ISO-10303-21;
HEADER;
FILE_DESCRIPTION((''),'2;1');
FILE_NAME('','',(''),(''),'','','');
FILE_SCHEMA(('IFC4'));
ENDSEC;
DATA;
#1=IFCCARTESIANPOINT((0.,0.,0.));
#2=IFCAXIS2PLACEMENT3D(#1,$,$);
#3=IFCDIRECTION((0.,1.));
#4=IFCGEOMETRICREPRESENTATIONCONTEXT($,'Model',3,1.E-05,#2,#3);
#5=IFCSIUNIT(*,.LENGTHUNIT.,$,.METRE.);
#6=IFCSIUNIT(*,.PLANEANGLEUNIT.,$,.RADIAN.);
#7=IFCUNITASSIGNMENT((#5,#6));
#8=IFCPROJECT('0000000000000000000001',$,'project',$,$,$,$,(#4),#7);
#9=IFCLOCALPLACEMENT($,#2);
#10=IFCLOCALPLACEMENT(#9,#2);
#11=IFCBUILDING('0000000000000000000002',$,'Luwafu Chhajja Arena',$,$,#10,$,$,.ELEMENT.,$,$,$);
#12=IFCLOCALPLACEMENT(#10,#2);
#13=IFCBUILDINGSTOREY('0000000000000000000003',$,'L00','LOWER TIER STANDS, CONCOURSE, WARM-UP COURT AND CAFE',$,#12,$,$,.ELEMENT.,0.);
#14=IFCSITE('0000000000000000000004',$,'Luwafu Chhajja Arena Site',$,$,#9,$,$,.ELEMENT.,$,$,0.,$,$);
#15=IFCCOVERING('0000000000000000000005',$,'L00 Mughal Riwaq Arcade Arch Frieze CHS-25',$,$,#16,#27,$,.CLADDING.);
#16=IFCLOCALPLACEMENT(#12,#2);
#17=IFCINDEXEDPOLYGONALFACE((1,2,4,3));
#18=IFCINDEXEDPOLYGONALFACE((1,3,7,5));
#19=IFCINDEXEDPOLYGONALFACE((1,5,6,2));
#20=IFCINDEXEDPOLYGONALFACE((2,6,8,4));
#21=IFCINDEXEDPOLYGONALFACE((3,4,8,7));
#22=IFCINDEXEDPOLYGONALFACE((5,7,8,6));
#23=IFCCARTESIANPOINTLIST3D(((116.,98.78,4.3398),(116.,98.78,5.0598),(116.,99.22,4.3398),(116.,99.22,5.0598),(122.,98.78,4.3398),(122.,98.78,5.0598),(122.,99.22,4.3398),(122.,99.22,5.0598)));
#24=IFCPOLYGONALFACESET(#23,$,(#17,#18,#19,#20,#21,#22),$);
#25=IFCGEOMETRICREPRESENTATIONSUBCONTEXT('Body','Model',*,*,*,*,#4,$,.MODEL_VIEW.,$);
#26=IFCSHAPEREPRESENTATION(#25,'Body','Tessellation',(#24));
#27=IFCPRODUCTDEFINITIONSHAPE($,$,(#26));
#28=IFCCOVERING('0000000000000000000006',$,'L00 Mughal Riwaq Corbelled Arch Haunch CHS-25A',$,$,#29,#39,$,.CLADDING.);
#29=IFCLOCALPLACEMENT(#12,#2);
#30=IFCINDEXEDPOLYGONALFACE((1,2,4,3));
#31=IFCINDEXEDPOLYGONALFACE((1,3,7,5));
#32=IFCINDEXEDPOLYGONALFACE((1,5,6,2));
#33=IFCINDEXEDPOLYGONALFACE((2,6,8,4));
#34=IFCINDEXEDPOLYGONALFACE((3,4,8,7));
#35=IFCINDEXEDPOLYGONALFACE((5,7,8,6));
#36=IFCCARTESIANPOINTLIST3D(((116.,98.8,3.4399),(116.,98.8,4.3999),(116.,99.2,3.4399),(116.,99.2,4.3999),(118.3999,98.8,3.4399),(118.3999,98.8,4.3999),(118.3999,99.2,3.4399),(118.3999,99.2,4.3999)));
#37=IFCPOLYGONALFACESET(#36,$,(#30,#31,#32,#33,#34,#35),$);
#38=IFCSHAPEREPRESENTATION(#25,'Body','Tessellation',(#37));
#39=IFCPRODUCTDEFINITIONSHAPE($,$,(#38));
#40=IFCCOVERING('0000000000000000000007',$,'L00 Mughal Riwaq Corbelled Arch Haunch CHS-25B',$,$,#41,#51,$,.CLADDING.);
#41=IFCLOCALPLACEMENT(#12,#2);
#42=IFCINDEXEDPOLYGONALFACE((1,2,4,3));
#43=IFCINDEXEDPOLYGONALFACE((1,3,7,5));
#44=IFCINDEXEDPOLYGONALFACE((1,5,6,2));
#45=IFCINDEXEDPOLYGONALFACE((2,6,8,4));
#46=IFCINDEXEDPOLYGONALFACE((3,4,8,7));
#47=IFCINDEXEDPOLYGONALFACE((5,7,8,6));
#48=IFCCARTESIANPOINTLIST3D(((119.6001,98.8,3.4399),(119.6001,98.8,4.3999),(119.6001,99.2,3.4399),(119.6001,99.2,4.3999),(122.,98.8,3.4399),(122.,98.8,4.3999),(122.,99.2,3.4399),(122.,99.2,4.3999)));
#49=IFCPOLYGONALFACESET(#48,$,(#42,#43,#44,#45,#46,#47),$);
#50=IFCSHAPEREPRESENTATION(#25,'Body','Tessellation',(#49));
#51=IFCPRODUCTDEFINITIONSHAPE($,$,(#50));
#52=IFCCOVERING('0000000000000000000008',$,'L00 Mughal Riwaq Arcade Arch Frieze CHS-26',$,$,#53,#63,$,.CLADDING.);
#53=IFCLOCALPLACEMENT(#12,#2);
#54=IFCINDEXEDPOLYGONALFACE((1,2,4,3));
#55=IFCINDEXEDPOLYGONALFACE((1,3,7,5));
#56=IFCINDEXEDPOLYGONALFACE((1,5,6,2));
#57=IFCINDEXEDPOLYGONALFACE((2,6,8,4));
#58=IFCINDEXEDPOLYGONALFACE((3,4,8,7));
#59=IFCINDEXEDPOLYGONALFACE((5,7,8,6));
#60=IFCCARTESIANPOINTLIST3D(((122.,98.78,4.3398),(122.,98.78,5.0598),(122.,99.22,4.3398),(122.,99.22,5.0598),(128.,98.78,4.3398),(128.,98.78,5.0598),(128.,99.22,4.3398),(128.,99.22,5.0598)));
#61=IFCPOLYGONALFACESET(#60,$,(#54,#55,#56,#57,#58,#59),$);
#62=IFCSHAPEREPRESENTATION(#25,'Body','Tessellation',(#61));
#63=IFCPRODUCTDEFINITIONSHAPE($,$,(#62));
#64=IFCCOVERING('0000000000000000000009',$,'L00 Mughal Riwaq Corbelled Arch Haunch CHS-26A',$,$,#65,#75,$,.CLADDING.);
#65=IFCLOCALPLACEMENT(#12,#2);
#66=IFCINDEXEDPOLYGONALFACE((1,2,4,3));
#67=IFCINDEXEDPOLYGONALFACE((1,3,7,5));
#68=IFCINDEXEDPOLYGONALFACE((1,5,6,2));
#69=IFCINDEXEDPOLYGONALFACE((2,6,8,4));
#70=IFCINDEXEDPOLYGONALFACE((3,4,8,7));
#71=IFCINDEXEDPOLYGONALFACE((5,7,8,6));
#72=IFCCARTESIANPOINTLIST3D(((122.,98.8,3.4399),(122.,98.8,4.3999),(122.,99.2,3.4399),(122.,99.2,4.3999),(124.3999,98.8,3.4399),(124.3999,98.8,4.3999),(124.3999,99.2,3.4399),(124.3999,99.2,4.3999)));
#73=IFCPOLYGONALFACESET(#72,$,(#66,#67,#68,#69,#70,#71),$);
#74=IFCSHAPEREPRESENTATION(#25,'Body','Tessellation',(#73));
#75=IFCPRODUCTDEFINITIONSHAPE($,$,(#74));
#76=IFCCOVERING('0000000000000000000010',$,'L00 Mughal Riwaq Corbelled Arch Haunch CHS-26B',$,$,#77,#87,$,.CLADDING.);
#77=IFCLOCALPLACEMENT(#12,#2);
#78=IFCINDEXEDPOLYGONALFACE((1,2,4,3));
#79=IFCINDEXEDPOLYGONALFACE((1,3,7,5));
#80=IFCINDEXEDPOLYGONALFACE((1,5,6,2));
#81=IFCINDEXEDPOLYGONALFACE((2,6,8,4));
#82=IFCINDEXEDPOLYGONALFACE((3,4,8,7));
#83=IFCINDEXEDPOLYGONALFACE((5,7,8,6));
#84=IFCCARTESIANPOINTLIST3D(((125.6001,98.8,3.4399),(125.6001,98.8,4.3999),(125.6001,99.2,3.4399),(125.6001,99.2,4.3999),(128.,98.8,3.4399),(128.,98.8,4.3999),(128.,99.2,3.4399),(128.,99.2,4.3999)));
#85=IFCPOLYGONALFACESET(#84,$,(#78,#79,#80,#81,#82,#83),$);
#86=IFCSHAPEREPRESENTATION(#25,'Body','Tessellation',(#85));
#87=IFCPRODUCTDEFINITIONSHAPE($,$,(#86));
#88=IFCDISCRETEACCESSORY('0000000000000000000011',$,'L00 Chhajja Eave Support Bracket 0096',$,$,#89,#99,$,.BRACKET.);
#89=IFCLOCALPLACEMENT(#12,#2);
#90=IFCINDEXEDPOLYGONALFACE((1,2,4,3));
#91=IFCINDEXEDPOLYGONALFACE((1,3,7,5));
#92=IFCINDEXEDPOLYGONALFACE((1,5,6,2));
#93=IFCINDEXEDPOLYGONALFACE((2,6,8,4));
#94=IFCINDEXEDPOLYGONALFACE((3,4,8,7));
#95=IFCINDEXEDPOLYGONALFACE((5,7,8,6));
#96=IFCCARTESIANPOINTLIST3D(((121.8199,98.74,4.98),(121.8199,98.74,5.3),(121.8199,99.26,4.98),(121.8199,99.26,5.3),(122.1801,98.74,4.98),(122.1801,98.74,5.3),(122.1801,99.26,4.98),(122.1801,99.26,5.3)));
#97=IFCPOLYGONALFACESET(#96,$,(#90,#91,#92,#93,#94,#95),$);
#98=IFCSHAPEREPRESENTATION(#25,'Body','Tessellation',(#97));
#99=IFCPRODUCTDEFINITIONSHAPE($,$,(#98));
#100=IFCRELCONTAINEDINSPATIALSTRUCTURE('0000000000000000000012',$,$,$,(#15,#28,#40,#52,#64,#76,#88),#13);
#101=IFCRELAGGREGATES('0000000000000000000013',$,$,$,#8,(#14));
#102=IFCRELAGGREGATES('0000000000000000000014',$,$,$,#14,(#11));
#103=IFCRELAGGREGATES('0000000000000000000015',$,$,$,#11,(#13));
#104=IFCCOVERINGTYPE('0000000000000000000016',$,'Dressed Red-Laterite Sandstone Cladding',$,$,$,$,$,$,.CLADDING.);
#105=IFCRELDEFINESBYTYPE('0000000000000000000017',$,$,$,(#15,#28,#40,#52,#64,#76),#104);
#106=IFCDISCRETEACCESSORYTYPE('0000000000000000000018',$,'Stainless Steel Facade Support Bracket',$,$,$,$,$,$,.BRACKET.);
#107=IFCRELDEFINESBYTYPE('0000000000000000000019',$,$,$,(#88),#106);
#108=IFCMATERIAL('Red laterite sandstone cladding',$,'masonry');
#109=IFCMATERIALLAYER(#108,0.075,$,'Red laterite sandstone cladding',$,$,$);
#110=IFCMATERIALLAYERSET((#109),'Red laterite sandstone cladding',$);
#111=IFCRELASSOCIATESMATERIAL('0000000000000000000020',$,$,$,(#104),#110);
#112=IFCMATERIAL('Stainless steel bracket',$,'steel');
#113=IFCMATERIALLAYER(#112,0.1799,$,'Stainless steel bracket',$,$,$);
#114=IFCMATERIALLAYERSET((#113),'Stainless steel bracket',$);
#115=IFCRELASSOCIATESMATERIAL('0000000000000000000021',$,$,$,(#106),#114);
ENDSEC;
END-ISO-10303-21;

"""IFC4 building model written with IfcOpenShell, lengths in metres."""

from ifc_helpers import new_model, si_unit, direction, frame, origin, origin_2d, place, context, subcontext, project, spatial, rectangle, extrude, material, layer, layer_set, type_object, element, save


model = new_model("IFC4")

# Units and contexts
model_context = context("Model", 3, precision=1e-05, world=origin(), true_north=direction((0.0, 1.0)))
body_context = subcontext(model_context, "Body", "Model", "MODEL_VIEW")
ifc_project = project(units=[si_unit("LENGTHUNIT", "METRE"), si_unit("PLANEANGLEUNIT", "RADIAN")], contexts=[model_context])

# Site, building, storey
site_placement = place(None, origin())
site = spatial("IfcSite", under=ifc_project, at=site_placement, Name="Luwafu Chhajja Arena Site", CompositionType="ELEMENT", RefElevation=0.0)
building_placement = place(site_placement, origin())
building = spatial("IfcBuilding", under=site, at=building_placement, Name="Luwafu Chhajja Arena", CompositionType="ELEMENT")
storey_placement = place(building_placement, origin())
storey = spatial("IfcBuildingStorey", under=building, at=storey_placement, Name="L00", Description="LOWER TIER STANDS, CONCOURSE, WARM-UP COURT AND CAFE", CompositionType="ELEMENT", Elevation=0.0)

# Coverings
ifc_material_1 = material(Name="Red laterite sandstone cladding", Category="masonry")
ifc_layer_1 = layer(ifc_material_1, 0.075, Name="Red laterite sandstone cladding")
ifc_layer_set_1 = layer_set([ifc_layer_1], Name="Red laterite sandstone cladding")
covering_type = type_object("IfcCoveringType", Name="Dressed Red-Laterite Sandstone Cladding", PredefinedType="CLADDING", material=ifc_layer_set_1)
covering_1_placement = place(storey_placement, frame((119.0, 99.0, 4.3398), z_axis=(0.0, 0.0, 1.0), x_axis=(1.0, 0.0, 0.0)))
element("IfcCovering", 1, at=covering_1_placement, inside=storey, type_object=covering_type, Name="L00 Mughal Riwaq Arcade Arch Frieze CHS-25", PredefinedType="CLADDING", context=body_context, shape_type="SweptSolid", body=[
    extrude(rectangle(XDim=6.0, YDim=0.4399, at=origin_2d()), origin(), (0.0, 0.0, 1.0), 0.72),
])
for number, where, z_axis, x_axis, name in (
    (2, (117.2, 99.0, 3.4399), (0.0, 0.0, 1.0), (1.0, 0.0, 0.0), "L00 Mughal Riwaq Corbelled Arch Haunch CHS-25A"),
    (3, (120.8, 99.0, 3.4399), (0.0, 0.0, 1.0), (1.0, 0.0, 0.0), "L00 Mughal Riwaq Corbelled Arch Haunch CHS-25B"),
):
    element("IfcCovering", number, at=place(storey_placement, frame(where, z_axis=z_axis, x_axis=x_axis)), inside=storey, type_object=covering_type, Name=name, PredefinedType="CLADDING", context=body_context, shape_type="SweptSolid", body=[
        extrude(rectangle(XDim=2.3999, YDim=0.3999, at=origin_2d()), origin(), (0.0, 0.0, 1.0), 0.96),
    ])
covering_2_placement = place(storey_placement, frame((125.0, 99.0, 4.3398), z_axis=(0.0, 0.0, 1.0), x_axis=(1.0, 0.0, 0.0)))
element("IfcCovering", 4, at=covering_2_placement, inside=storey, type_object=covering_type, Name="L00 Mughal Riwaq Arcade Arch Frieze CHS-26", PredefinedType="CLADDING", context=body_context, shape_type="SweptSolid", body=[
    extrude(rectangle(XDim=6.0, YDim=0.4399, at=origin_2d()), origin(), (0.0, 0.0, 1.0), 0.72),
])
for number, where, z_axis, x_axis, name in (
    (5, (123.2, 99.0, 3.4399), (0.0, 0.0, 1.0), (1.0, 0.0, 0.0), "L00 Mughal Riwaq Corbelled Arch Haunch CHS-26A"),
    (6, (126.8, 99.0, 3.4399), (0.0, 0.0, 1.0), (1.0, 0.0, 0.0), "L00 Mughal Riwaq Corbelled Arch Haunch CHS-26B"),
):
    element("IfcCovering", number, at=place(storey_placement, frame(where, z_axis=z_axis, x_axis=x_axis)), inside=storey, type_object=covering_type, Name=name, PredefinedType="CLADDING", context=body_context, shape_type="SweptSolid", body=[
        extrude(rectangle(XDim=2.3999, YDim=0.3999, at=origin_2d()), origin(), (0.0, 0.0, 1.0), 0.96),
    ])

# Discrete accessory
ifc_material_2 = material(Name="Stainless steel bracket", Category="steel")
ifc_layer_2 = layer(ifc_material_2, 0.1799, Name="Stainless steel bracket")
ifc_layer_set_2 = layer_set([ifc_layer_2], Name="Stainless steel bracket")
discrete_accessory_type = type_object("IfcDiscreteAccessoryType", Name="Stainless Steel Facade Support Bracket", PredefinedType="BRACKET", material=ifc_layer_set_2)
discrete_accessory_placement = place(storey_placement, frame((122.0, 99.0, 4.98), z_axis=(0.0, 0.0, 1.0), x_axis=(1.0, 0.0, 0.0)))
element("IfcDiscreteAccessory", 7, at=discrete_accessory_placement, inside=storey, type_object=discrete_accessory_type, Name="L00 Chhajja Eave Support Bracket 0096", PredefinedType="BRACKET", context=body_context, shape_type="SweptSolid", body=[
    extrude(rectangle(XDim=0.3601, YDim=0.52, at=origin_2d()), origin(), (0.0, 0.0, 1.0), 0.3201),
])

save(model, "model.ifc")
